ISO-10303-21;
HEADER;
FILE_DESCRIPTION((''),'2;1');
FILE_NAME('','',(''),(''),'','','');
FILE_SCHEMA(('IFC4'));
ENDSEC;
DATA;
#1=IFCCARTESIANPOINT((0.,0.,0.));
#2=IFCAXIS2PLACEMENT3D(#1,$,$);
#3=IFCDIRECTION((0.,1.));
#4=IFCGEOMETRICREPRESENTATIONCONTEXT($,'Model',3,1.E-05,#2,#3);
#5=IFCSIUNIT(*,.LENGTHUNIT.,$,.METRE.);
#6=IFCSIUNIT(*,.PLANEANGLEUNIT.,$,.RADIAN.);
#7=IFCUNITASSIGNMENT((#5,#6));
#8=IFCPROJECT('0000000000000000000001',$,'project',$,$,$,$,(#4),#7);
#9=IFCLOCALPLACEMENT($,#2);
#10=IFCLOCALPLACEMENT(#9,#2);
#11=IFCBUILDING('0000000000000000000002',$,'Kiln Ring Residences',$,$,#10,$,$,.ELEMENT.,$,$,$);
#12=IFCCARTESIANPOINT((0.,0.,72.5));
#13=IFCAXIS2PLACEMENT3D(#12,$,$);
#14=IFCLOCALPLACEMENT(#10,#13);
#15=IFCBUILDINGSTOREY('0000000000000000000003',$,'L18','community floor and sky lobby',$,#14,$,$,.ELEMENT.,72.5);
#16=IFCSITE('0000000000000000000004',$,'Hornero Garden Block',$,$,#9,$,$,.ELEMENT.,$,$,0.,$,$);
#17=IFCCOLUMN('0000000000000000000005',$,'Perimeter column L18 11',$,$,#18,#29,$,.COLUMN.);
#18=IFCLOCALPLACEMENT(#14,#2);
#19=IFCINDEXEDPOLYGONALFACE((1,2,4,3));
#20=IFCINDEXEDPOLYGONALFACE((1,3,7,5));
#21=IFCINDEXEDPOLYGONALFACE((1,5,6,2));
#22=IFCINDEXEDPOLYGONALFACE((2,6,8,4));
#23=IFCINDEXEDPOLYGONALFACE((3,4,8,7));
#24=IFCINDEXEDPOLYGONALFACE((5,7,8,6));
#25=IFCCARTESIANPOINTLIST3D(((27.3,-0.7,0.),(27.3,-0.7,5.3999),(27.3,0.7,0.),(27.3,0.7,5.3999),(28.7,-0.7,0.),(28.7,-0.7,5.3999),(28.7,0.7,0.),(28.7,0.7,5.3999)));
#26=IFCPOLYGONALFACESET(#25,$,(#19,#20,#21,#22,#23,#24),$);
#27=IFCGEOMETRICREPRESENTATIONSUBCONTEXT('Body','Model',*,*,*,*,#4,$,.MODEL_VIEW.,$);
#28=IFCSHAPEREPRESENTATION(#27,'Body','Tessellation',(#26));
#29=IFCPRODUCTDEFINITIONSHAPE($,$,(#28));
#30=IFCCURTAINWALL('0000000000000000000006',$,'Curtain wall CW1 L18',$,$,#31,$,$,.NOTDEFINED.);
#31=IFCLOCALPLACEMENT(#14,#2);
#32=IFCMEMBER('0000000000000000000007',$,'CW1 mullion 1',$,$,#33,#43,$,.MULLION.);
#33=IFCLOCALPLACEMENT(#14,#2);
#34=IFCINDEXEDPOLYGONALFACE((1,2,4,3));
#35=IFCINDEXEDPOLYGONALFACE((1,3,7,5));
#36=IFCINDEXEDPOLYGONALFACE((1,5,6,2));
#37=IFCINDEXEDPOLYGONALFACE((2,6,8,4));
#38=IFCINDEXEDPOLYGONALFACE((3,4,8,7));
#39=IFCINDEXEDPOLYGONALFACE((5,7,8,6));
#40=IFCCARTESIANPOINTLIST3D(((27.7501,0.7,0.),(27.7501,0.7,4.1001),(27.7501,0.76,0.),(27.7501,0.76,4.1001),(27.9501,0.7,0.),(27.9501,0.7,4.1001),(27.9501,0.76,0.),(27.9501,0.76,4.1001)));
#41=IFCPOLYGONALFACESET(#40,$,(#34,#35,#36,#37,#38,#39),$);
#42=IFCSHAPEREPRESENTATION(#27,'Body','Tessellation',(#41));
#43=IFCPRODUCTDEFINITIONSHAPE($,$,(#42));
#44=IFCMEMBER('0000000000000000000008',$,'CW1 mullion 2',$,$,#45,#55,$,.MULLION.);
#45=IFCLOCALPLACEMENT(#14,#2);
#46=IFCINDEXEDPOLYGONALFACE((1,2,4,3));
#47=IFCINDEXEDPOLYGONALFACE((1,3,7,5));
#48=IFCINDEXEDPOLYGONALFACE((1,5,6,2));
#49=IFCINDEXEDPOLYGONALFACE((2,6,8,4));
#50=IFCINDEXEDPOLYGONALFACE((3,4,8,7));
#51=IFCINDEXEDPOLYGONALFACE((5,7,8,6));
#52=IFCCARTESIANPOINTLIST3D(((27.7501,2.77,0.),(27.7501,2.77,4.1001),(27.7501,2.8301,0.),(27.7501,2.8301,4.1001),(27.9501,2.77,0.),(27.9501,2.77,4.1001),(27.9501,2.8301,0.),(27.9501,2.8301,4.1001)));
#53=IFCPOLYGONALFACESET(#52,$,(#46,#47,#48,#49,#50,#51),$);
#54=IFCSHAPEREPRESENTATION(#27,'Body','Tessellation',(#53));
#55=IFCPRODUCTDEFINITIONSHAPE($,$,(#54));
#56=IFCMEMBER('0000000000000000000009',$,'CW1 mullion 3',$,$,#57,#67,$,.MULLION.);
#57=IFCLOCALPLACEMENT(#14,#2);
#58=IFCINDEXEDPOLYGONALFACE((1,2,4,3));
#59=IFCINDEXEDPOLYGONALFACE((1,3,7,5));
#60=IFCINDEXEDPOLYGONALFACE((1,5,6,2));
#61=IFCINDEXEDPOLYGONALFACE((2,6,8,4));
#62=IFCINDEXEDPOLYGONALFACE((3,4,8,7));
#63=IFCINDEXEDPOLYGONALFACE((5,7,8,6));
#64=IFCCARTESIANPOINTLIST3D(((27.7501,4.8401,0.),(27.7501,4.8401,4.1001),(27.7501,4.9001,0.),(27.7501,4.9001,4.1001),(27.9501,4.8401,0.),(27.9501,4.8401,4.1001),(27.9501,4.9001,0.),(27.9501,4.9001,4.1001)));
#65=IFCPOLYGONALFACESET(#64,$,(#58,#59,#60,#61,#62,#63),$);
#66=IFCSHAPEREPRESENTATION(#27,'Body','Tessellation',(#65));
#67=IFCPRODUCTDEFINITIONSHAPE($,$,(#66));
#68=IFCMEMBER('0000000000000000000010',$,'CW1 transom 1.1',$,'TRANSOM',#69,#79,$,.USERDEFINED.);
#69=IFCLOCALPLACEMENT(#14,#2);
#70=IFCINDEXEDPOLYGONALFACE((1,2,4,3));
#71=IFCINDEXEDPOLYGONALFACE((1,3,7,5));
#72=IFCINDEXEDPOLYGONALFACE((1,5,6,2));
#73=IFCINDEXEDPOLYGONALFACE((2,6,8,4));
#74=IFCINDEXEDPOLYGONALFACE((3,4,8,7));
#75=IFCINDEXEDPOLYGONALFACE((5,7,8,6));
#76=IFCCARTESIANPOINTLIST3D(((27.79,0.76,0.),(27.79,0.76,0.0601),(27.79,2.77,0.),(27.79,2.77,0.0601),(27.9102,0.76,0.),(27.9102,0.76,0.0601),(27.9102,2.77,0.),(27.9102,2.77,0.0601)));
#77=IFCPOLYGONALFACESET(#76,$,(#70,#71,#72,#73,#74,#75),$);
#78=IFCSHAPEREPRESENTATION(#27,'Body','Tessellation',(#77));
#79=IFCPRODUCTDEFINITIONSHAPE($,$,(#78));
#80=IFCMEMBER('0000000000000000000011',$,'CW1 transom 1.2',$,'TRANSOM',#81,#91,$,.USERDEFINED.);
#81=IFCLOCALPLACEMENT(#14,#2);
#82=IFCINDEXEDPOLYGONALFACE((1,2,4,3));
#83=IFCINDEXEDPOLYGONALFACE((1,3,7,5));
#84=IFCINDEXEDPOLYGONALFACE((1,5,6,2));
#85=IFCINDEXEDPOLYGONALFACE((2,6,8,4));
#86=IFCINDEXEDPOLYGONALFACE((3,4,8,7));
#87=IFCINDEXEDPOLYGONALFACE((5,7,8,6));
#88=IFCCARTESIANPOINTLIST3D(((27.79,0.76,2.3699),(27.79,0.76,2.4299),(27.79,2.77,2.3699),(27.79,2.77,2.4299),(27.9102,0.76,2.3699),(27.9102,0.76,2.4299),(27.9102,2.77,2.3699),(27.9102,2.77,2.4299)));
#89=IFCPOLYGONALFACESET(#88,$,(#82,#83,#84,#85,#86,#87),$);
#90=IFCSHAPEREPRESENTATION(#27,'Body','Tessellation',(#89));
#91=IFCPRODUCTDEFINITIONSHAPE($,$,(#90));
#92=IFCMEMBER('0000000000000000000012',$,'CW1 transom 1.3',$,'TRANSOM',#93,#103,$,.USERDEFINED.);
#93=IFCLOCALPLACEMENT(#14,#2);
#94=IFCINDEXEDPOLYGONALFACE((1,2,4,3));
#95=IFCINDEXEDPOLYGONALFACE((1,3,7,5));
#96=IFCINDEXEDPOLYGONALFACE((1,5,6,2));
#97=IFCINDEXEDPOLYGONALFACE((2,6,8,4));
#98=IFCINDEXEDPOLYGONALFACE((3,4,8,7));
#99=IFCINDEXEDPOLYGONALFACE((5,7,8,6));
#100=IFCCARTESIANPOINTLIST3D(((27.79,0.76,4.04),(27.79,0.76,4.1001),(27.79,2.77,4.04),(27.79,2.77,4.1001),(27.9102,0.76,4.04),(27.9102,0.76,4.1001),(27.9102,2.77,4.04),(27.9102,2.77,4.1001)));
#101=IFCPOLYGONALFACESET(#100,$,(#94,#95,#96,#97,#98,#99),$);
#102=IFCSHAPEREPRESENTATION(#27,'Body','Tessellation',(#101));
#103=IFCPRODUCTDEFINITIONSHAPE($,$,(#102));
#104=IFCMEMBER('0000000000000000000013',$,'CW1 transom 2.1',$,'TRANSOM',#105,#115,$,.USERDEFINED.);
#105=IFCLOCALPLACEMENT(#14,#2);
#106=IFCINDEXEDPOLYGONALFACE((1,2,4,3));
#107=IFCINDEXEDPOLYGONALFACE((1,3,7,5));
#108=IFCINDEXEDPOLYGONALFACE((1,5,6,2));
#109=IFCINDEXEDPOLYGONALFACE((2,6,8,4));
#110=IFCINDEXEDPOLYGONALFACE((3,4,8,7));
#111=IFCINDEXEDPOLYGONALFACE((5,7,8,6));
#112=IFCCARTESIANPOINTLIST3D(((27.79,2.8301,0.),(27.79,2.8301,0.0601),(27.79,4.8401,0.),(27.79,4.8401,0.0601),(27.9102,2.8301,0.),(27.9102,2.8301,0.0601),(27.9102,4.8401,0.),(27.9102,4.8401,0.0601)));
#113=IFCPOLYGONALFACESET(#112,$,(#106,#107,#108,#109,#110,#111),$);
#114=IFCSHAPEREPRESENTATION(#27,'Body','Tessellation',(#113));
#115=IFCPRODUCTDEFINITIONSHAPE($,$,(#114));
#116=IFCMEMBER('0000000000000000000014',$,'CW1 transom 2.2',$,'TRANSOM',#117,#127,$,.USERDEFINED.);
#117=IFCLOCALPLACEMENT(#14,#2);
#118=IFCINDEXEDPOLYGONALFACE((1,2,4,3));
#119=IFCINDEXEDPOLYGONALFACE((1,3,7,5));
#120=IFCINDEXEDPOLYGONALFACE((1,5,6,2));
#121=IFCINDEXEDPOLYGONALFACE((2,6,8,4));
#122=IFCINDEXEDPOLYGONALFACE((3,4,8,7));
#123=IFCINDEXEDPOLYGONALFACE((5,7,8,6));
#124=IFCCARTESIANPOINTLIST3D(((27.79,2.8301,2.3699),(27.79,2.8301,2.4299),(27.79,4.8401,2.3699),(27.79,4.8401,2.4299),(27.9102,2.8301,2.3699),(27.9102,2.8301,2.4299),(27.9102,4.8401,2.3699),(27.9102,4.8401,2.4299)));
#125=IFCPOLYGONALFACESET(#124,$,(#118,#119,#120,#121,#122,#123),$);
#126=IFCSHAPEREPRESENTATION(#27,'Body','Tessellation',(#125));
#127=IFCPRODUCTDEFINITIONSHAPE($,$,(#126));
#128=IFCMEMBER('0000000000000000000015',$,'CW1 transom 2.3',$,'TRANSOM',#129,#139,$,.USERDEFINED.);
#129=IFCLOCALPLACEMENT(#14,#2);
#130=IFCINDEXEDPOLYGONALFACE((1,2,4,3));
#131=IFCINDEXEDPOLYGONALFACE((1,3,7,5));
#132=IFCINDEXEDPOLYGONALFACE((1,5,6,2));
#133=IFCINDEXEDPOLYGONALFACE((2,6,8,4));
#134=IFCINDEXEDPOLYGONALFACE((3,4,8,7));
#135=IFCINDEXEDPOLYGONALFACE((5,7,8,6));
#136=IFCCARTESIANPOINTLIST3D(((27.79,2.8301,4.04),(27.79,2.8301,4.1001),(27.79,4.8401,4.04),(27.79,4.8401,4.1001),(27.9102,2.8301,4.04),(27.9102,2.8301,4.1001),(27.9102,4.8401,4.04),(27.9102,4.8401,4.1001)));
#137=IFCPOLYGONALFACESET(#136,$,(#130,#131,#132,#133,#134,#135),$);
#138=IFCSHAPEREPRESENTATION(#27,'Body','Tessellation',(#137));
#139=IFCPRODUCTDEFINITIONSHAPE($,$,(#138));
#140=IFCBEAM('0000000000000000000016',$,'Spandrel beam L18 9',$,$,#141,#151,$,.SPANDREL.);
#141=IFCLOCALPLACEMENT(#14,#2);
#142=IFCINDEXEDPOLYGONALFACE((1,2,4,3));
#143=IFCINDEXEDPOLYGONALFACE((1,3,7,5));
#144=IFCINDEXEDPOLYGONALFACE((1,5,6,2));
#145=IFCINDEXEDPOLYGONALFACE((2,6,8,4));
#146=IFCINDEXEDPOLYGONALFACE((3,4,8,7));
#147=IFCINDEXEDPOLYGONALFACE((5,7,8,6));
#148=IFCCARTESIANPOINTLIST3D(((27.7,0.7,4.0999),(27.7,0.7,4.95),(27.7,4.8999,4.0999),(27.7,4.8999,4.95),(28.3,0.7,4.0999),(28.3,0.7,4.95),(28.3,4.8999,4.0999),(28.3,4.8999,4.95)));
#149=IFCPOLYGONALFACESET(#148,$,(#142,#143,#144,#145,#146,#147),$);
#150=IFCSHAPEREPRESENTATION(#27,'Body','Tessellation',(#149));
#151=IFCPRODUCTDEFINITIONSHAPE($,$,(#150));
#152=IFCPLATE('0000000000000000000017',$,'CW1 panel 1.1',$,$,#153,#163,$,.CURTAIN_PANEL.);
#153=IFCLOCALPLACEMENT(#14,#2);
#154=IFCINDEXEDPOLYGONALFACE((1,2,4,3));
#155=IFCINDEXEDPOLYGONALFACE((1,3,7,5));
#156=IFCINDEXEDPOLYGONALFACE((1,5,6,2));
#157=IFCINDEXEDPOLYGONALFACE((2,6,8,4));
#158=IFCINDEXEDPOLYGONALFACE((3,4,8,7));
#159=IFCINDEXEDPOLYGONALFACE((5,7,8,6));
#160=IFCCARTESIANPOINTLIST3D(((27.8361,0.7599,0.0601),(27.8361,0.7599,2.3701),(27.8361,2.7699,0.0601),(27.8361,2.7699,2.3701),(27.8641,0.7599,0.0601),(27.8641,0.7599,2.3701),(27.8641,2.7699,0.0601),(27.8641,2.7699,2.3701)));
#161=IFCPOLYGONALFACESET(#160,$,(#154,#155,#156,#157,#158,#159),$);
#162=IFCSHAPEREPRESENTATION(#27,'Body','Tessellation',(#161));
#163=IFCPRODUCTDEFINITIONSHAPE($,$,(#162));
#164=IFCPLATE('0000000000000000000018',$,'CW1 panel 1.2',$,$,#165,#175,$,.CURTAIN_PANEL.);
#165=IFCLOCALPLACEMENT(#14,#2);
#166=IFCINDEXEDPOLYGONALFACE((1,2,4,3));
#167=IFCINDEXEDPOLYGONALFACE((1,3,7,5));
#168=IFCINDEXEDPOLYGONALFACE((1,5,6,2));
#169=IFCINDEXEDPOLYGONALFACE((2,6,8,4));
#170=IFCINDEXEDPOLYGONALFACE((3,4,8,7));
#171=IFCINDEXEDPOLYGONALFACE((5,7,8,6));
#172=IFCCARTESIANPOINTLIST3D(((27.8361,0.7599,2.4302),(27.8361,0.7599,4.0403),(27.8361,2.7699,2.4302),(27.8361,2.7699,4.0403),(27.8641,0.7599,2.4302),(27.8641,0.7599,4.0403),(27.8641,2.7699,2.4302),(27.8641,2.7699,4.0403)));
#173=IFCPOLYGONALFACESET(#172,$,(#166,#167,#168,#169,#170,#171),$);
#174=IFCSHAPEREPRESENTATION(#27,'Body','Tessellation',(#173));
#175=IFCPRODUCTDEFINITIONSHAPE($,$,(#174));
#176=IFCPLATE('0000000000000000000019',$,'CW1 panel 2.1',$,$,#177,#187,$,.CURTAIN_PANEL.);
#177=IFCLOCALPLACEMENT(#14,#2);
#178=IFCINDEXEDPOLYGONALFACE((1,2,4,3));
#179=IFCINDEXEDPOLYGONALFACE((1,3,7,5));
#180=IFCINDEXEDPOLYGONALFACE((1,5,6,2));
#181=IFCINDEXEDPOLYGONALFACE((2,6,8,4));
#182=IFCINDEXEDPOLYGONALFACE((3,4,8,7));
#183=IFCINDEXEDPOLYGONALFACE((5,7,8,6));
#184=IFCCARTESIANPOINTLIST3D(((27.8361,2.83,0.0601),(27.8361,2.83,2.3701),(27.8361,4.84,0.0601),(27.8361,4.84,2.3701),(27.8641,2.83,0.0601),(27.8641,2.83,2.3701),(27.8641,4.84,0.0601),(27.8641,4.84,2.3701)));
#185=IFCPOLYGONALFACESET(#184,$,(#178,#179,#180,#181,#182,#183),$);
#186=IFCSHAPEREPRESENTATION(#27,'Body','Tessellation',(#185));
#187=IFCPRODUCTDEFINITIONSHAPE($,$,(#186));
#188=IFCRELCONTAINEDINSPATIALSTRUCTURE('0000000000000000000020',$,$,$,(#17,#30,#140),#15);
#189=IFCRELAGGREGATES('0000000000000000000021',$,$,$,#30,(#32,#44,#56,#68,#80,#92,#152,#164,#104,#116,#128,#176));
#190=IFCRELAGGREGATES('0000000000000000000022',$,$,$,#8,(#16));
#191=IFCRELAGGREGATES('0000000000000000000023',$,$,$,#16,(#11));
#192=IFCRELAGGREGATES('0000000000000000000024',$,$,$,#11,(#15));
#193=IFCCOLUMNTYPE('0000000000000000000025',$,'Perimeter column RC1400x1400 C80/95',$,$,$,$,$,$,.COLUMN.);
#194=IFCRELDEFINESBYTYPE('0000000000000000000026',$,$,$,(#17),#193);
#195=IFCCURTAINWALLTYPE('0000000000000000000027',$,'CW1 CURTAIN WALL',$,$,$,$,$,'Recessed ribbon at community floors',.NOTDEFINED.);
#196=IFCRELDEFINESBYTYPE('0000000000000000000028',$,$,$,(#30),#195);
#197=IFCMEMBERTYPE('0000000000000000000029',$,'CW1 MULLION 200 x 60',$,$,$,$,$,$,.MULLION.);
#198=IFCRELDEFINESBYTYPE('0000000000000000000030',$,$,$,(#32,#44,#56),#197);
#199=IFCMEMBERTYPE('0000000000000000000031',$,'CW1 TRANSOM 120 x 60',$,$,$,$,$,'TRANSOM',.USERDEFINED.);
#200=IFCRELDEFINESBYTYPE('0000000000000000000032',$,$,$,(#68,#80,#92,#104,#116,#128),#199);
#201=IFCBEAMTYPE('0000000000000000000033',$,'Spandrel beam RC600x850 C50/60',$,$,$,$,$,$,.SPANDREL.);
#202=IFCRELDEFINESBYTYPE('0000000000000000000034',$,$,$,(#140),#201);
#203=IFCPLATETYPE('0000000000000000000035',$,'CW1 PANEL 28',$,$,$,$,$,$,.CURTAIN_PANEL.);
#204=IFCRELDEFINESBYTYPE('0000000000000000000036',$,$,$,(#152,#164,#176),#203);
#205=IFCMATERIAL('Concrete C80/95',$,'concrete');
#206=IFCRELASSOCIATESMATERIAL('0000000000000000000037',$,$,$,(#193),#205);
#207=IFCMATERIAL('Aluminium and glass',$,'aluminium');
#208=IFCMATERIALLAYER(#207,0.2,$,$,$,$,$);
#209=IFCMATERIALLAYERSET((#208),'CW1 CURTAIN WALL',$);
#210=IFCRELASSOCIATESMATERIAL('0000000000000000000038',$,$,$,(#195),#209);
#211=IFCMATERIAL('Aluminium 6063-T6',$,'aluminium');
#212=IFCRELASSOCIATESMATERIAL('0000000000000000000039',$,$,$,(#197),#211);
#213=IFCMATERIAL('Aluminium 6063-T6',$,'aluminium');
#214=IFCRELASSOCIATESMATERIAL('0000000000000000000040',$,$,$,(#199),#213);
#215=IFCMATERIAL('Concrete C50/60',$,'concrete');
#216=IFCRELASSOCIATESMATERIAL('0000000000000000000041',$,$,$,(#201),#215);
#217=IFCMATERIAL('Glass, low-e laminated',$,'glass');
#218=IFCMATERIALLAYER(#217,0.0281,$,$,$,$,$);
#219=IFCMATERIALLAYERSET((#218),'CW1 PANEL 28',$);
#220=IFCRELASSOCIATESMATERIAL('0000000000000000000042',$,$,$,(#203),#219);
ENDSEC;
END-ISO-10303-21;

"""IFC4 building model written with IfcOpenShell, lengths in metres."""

from ifc_helpers import new_model, si_unit, direction, frame, origin, origin_2d, place, context, subcontext, project, spatial, rectangle, extrude, material, layer, layer_set, material_profile, profile_set, type_object, element, aggregate, save


model = new_model("IFC4")

# Units and contexts
model_context = context("Model", 3, precision=1e-05, world=origin(), true_north=direction((0.0, 1.0)))
body_context = subcontext(model_context, "Body", "Model", "MODEL_VIEW")
ifc_project = project(units=[si_unit("LENGTHUNIT", "METRE"), si_unit("PLANEANGLEUNIT", "RADIAN")], contexts=[model_context])

# Site, building, storey
site_placement = place(None, origin())
site = spatial("IfcSite", under=ifc_project, at=site_placement, Name="Hornero Garden Block", CompositionType="ELEMENT", RefElevation=0.0)
building_placement = place(site_placement, origin())
building = spatial("IfcBuilding", under=site, at=building_placement, Name="Kiln Ring Residences", CompositionType="ELEMENT")
storey_placement = place(building_placement, frame((0.0, 0.0, 72.5)))
storey = spatial("IfcBuildingStorey", under=building, at=storey_placement, Name="L18", Description="community floor and sky lobby", CompositionType="ELEMENT", Elevation=72.5)

# Column
ifc_material_1 = material(Name="Concrete C80/95", Category="concrete")
ifc_material_profile_1 = material_profile(ifc_material_1, rectangle(XDim=1.3999, YDim=1.3999, at=origin_2d()), Name="RC1400x1400")
ifc_profile_set_1 = profile_set([ifc_material_profile_1], Name="Concrete C80/95")
column_type = type_object("IfcColumnType", Name="Perimeter column RC1400x1400 C80/95", PredefinedType="COLUMN", material=ifc_profile_set_1)
column_placement = place(storey_placement, frame((28.0, 0.0, 0.0), z_axis=(0.0, 0.0, 1.0), x_axis=(1.0, 0.0, 0.0)))
element("IfcColumn", 1, at=column_placement, inside=storey, type_object=column_type, Name="Perimeter column L18 11", PredefinedType="COLUMN", context=body_context, shape_type="SweptSolid", body=[
    extrude(rectangle(XDim=1.3999, YDim=1.3999, at=origin_2d()), origin(), (0.0, 0.0, 1.0), 5.3999),
])

# Curtain wall, members
ifc_material_2 = material(Name="Aluminium and glass", Category="aluminium")
ifc_layer_1 = layer(ifc_material_2, 0.2)
ifc_layer_set_1 = layer_set([ifc_layer_1], Name="CW1 CURTAIN WALL")
curtain_wall_type = type_object("IfcCurtainWallType", Name="CW1 CURTAIN WALL", ElementType="Recessed ribbon at community floors", PredefinedType="NOTDEFINED", material=ifc_layer_set_1)
placement = place(storey_placement, origin())
curtain_wall = element("IfcCurtainWall", 2, at=placement, inside=storey, type_object=curtain_wall_type, Name="Curtain wall CW1 L18", PredefinedType="NOTDEFINED")
ifc_material_3 = material(Name="Aluminium 6063-T6", Category="aluminium")
ifc_material_profile_2 = material_profile(ifc_material_3, rectangle(XDim=0.2, YDim=0.0601, at=origin_2d()), Name="AL 200x60")
ifc_profile_set_2 = profile_set([ifc_material_profile_2], Name="Aluminium 6063-T6")
member_type_1 = type_object("IfcMemberType", Name="CW1 MULLION 200 x 60", PredefinedType="MULLION", material=ifc_profile_set_2)
member_1_placement = place(storey_placement, frame((27.8501, 0.73, 0.0), z_axis=(0.0, 0.0, 1.0), x_axis=(-1.0, 0.0, 0.0)))
member_1 = element("IfcMember", 3, at=member_1_placement, type_object=member_type_1, Name="CW1 mullion 1", PredefinedType="MULLION", context=body_context, shape_type="SweptSolid", body=[
    extrude(rectangle(XDim=0.2, YDim=0.0601, at=origin_2d()), origin(), (0.0, 0.0, 1.0), 4.1001),
])
member_2_placement = place(storey_placement, frame((27.8501, 2.8, 0.0), z_axis=(0.0, 0.0, 1.0), x_axis=(-1.0, 0.0, 0.0)))
member_2 = element("IfcMember", 4, at=member_2_placement, type_object=member_type_1, Name="CW1 mullion 2", PredefinedType="MULLION", context=body_context, shape_type="SweptSolid", body=[
    extrude(rectangle(XDim=0.2, YDim=0.0601, at=origin_2d()), origin(), (0.0, 0.0, 1.0), 4.1001),
])
member_3_placement = place(storey_placement, frame((27.8501, 4.8701, 0.0), z_axis=(0.0, 0.0, 1.0), x_axis=(-1.0, 0.0, 0.0)))
member_3 = element("IfcMember", 5, at=member_3_placement, type_object=member_type_1, Name="CW1 mullion 3", PredefinedType="MULLION", context=body_context, shape_type="SweptSolid", body=[
    extrude(rectangle(XDim=0.2, YDim=0.0601, at=origin_2d()), origin(), (0.0, 0.0, 1.0), 4.1001),
])
ifc_material_4 = material(Name="Aluminium 6063-T6", Category="aluminium")
ifc_material_profile_3 = material_profile(ifc_material_4, rectangle(XDim=0.1201, YDim=0.0601, at=origin_2d()), Name="AL 120x60")
ifc_profile_set_3 = profile_set([ifc_material_profile_3], Name="Aluminium 6063-T6")
member_type_2 = type_object("IfcMemberType", Name="CW1 TRANSOM 120 x 60", ElementType="TRANSOM", PredefinedType="USERDEFINED", material=ifc_profile_set_3)
member_4_placement = place(storey_placement, frame((27.8501, 0.76, 0.03), z_axis=(0.0, 1.0, 0.0), x_axis=(-1.0, 0.0, 0.0)))
member_4 = element("IfcMember", 6, at=member_4_placement, type_object=member_type_2, Name="CW1 transom 1.1", ObjectType="TRANSOM", PredefinedType="USERDEFINED", context=body_context, shape_type="SweptSolid", body=[
    extrude(rectangle(XDim=0.1201, YDim=0.0601, at=origin_2d()), origin(), (0.0, 0.0, 1.0), 2.01),
])
member_5_placement = place(storey_placement, frame((27.8501, 0.76, 2.3999), z_axis=(0.0, 1.0, 0.0), x_axis=(-1.0, 0.0, 0.0)))
member_5 = element("IfcMember", 7, at=member_5_placement, type_object=member_type_2, Name="CW1 transom 1.2", ObjectType="TRANSOM", PredefinedType="USERDEFINED", context=body_context, shape_type="SweptSolid", body=[
    extrude(rectangle(XDim=0.1201, YDim=0.0601, at=origin_2d()), origin(), (0.0, 0.0, 1.0), 2.01),
])
member_6_placement = place(storey_placement, frame((27.8501, 0.76, 4.0701), z_axis=(0.0, 1.0, 0.0), x_axis=(-1.0, 0.0, 0.0)))
member_6 = element("IfcMember", 8, at=member_6_placement, type_object=member_type_2, Name="CW1 transom 1.3", ObjectType="TRANSOM", PredefinedType="USERDEFINED", context=body_context, shape_type="SweptSolid", body=[
    extrude(rectangle(XDim=0.1201, YDim=0.0601, at=origin_2d()), origin(), (0.0, 0.0, 1.0), 2.01),
])
member_7_placement = place(storey_placement, frame((27.8501, 2.8301, 0.03), z_axis=(0.0, 1.0, 0.0), x_axis=(-1.0, 0.0, 0.0)))
member_7 = element("IfcMember", 9, at=member_7_placement, type_object=member_type_2, Name="CW1 transom 2.1", ObjectType="TRANSOM", PredefinedType="USERDEFINED", context=body_context, shape_type="SweptSolid", body=[
    extrude(rectangle(XDim=0.1201, YDim=0.0601, at=origin_2d()), origin(), (0.0, 0.0, 1.0), 2.01),
])
member_8_placement = place(storey_placement, frame((27.8501, 2.8301, 2.3999), z_axis=(0.0, 1.0, 0.0), x_axis=(-1.0, 0.0, 0.0)))
member_8 = element("IfcMember", 10, at=member_8_placement, type_object=member_type_2, Name="CW1 transom 2.2", ObjectType="TRANSOM", PredefinedType="USERDEFINED", context=body_context, shape_type="SweptSolid", body=[
    extrude(rectangle(XDim=0.1201, YDim=0.0601, at=origin_2d()), origin(), (0.0, 0.0, 1.0), 2.01),
])
member_9_placement = place(storey_placement, frame((27.8501, 2.8301, 4.0701), z_axis=(0.0, 1.0, 0.0), x_axis=(-1.0, 0.0, 0.0)))
member_9 = element("IfcMember", 11, at=member_9_placement, type_object=member_type_2, Name="CW1 transom 2.3", ObjectType="TRANSOM", PredefinedType="USERDEFINED", context=body_context, shape_type="SweptSolid", body=[
    extrude(rectangle(XDim=0.1201, YDim=0.0601, at=origin_2d()), origin(), (0.0, 0.0, 1.0), 2.01),
])

# Beam
ifc_material_5 = material(Name="Concrete C50/60", Category="concrete")
ifc_material_profile_4 = material_profile(ifc_material_5, rectangle(XDim=0.6001, YDim=0.8501, at=origin_2d()), Name="RC600x850")
ifc_profile_set_4 = profile_set([ifc_material_profile_4], Name="Concrete C50/60")
beam_type = type_object("IfcBeamType", Name="Spandrel beam RC600x850 C50/60", PredefinedType="SPANDREL", material=ifc_profile_set_4)
beam_placement = place(storey_placement, frame((28.0, 0.7, 4.5249), z_axis=(0.0, 1.0, 0.0), x_axis=(-1.0, 0.0, 0.0)))
element("IfcBeam", 12, at=beam_placement, inside=storey, type_object=beam_type, Name="Spandrel beam L18 9", PredefinedType="SPANDREL", context=body_context, shape_type="SweptSolid", body=[
    extrude(rectangle(XDim=0.6001, YDim=0.8501, at=origin_2d()), origin(), (0.0, 0.0, 1.0), 4.2),
])

# Plates
ifc_material_6 = material(Name="Glass, low-e laminated", Category="glass")
ifc_layer_2 = layer(ifc_material_6, 0.0281)
ifc_layer_set_2 = layer_set([ifc_layer_2], Name="CW1 PANEL 28")
plate_type = type_object("IfcPlateType", Name="CW1 PANEL 28", PredefinedType="CURTAIN_PANEL", material=ifc_layer_set_2)
plate_1_placement = place(storey_placement, frame((27.8501, 1.7649, 0.0601), z_axis=(0.0, 0.0, 1.0), x_axis=(0.0, 1.0, 0.0)))
plate_1 = element("IfcPlate", 13, at=plate_1_placement, type_object=plate_type, Name="CW1 panel 1.1", PredefinedType="CURTAIN_PANEL", context=body_context, shape_type="SweptSolid", body=[
    extrude(rectangle(XDim=2.01, YDim=0.0281, at=origin_2d()), origin(), (0.0, 0.0, 1.0), 2.3101),
])
plate_2_placement = place(storey_placement, frame((27.8501, 1.7649, 2.4302), z_axis=(0.0, 0.0, 1.0), x_axis=(0.0, 1.0, 0.0)))
plate_2 = element("IfcPlate", 14, at=plate_2_placement, type_object=plate_type, Name="CW1 panel 1.2", PredefinedType="CURTAIN_PANEL", context=body_context, shape_type="SweptSolid", body=[
    extrude(rectangle(XDim=2.01, YDim=0.0281, at=origin_2d()), origin(), (0.0, 0.0, 1.0), 1.6101),
])
plate_3_placement = place(storey_placement, frame((27.8501, 3.835, 0.0601), z_axis=(0.0, 0.0, 1.0), x_axis=(0.0, 1.0, 0.0)))
plate_3 = element("IfcPlate", 15, at=plate_3_placement, type_object=plate_type, Name="CW1 panel 2.1", PredefinedType="CURTAIN_PANEL", context=body_context, shape_type="SweptSolid", body=[
    extrude(rectangle(XDim=2.01, YDim=0.0281, at=origin_2d()), origin(), (0.0, 0.0, 1.0), 2.3101),
])
aggregate(curtain_wall, [member_1, member_2, member_3, member_4, member_5, member_6, plate_1, plate_2, member_7, member_8, member_9, plate_3])

save(model, "model.ifc")
